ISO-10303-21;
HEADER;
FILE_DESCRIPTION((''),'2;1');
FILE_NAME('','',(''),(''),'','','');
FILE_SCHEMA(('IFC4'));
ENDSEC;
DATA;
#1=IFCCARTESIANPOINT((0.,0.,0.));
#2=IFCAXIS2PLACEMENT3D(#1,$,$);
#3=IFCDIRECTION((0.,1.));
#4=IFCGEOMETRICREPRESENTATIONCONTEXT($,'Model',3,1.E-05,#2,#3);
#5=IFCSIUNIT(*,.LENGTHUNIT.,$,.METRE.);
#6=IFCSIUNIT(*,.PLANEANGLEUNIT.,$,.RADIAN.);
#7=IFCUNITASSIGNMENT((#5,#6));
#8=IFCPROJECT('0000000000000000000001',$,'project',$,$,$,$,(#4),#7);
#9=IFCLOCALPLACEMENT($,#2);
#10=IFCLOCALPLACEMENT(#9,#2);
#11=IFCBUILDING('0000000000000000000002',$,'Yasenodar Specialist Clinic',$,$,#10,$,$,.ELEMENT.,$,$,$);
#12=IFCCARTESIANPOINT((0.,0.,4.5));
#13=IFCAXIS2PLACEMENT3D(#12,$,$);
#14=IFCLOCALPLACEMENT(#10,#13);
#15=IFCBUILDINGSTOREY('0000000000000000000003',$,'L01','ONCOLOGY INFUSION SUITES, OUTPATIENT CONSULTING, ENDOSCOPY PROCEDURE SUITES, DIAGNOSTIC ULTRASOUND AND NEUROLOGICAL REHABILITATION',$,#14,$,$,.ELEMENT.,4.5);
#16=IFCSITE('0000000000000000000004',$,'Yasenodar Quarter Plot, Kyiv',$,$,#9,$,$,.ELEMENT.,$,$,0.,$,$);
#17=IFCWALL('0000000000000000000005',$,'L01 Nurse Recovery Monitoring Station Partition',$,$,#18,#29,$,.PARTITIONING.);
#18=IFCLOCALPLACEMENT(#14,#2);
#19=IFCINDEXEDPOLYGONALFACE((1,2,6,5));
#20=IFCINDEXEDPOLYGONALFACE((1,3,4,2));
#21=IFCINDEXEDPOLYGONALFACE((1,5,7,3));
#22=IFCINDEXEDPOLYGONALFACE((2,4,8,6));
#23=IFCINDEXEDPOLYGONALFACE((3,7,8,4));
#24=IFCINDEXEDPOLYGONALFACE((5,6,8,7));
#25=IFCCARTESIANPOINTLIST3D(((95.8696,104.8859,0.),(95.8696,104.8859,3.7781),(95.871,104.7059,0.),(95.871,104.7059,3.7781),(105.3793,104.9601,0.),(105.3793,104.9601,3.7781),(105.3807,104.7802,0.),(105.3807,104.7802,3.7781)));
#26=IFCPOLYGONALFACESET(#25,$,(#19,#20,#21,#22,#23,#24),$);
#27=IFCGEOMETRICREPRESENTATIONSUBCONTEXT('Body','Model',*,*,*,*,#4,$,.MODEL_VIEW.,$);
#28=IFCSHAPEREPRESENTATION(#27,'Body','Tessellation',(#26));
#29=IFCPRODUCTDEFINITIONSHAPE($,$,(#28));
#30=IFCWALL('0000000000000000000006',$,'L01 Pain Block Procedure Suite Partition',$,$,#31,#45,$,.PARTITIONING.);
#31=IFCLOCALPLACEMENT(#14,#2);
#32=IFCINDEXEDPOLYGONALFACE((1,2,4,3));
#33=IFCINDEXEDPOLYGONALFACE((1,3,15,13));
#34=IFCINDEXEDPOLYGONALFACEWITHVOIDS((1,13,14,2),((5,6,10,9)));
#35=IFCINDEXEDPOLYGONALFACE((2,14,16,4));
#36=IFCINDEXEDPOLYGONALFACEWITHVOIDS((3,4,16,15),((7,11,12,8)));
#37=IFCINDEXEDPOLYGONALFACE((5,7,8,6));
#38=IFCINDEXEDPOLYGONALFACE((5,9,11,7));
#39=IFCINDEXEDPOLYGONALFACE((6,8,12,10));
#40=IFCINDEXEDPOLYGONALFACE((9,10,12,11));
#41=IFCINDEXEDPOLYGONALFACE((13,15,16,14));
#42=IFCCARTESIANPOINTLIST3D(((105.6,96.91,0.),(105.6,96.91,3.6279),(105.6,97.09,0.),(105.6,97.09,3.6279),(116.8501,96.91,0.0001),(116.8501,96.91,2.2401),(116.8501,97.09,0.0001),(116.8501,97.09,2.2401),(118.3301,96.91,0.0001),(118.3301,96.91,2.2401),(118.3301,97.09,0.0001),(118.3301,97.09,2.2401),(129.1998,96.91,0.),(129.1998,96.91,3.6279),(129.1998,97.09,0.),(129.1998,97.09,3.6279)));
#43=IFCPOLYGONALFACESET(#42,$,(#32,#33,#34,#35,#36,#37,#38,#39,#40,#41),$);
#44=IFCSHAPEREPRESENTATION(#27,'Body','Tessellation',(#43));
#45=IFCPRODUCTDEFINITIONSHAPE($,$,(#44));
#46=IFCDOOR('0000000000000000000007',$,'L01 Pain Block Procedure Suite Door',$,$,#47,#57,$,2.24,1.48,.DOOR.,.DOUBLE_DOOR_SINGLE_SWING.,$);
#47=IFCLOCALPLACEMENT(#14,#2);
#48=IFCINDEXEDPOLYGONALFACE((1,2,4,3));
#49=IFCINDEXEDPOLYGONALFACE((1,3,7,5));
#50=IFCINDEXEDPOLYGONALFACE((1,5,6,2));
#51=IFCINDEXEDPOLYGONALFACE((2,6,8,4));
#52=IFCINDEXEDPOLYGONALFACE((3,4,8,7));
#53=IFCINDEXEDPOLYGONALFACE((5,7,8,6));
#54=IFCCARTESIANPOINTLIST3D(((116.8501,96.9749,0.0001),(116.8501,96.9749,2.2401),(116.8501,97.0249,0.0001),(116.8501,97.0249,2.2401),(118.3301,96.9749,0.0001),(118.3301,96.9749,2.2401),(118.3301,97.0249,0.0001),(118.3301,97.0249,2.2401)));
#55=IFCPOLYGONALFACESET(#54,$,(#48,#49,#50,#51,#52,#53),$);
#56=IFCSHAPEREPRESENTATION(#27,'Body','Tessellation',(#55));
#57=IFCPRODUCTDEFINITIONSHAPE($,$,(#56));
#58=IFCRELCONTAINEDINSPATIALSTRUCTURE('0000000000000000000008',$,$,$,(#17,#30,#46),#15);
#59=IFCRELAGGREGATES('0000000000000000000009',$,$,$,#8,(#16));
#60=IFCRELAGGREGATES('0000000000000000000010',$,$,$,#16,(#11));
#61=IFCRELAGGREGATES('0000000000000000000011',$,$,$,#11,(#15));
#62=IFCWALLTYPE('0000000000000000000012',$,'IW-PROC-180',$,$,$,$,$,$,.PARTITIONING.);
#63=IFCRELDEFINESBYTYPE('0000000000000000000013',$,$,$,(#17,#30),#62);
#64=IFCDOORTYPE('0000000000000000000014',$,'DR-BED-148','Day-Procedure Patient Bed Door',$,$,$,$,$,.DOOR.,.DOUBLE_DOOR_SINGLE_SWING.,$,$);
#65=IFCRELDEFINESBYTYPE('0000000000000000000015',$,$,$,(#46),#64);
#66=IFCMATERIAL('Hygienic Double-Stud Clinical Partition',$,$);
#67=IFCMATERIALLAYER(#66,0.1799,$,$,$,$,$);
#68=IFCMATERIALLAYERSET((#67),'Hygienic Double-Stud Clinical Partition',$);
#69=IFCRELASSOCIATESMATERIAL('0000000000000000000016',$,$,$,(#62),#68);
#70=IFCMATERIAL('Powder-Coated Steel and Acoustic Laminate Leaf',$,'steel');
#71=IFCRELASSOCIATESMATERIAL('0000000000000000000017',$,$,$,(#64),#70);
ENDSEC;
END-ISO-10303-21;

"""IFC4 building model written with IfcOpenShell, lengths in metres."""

from ifc_helpers import new_model, si_unit, direction, frame, frame_2d, origin, place, context, subcontext, project, spatial, rectangle, extrude, material, layer, layer_set, type_object, element, fill, save


model = new_model("IFC4")

# Units and contexts
model_context = context("Model", 3, precision=1e-05, world=origin(), true_north=direction((0.0, 1.0)))
body_context = subcontext(model_context, "Body", "Model", "MODEL_VIEW")
ifc_project = project(units=[si_unit("LENGTHUNIT", "METRE"), si_unit("PLANEANGLEUNIT", "RADIAN")], contexts=[model_context])

# Site, building, storey
site_placement = place(None, origin())
site = spatial("IfcSite", under=ifc_project, at=site_placement, Name="Yasenodar Quarter Plot, Kyiv", CompositionType="ELEMENT", RefElevation=0.0)
building_placement = place(site_placement, origin())
building = spatial("IfcBuilding", under=site, at=building_placement, Name="Yasenodar Specialist Clinic", CompositionType="ELEMENT")
storey_placement = place(building_placement, frame((0.0, 0.0, 4.5)))
storey = spatial("IfcBuildingStorey", under=building, at=storey_placement, Name="L01", Description="ONCOLOGY INFUSION SUITES, OUTPATIENT CONSULTING, ENDOSCOPY PROCEDURE SUITES, DIAGNOSTIC ULTRASOUND AND NEUROLOGICAL REHABILITATION", CompositionType="ELEMENT", Elevation=4.5)

# Wall
ifc_material_1 = material(Name="Hygienic Double-Stud Clinical Partition")
ifc_layer_1 = layer(ifc_material_1, 0.1799)
ifc_layer_set_1 = layer_set([ifc_layer_1], Name="Hygienic Double-Stud Clinical Partition")
wall_type = type_object("IfcWallType", Name="IW-PROC-180", PredefinedType="PARTITIONING", material=ifc_layer_set_1)
wall_1_placement = place(storey_placement, frame((105.3799, 104.8701, 0.0), z_axis=(0.0, 0.0, 1.0), x_axis=(-0.99997, -0.007804, 0.0)))
element("IfcWall", 1, at=wall_1_placement, inside=storey, type_object=wall_type, Name="L01 Nurse Recovery Monitoring Station Partition", PredefinedType="PARTITIONING", context=body_context, shape_type="SweptSolid", body=[
    extrude(rectangle(XDim=9.51, YDim=0.1799, at=frame_2d((4.7549, 0.0))), origin(), (0.0, 0.0, 1.0), 3.7781),
])

# Wall, opening, door
wall_2_placement = place(storey_placement, frame((105.6001, 97.0, 0.0), z_axis=(0.0, 0.0, 1.0), x_axis=(1.0, 0.0, 0.0)))
wall_2 = element("IfcWall", 2, at=wall_2_placement, inside=storey, type_object=wall_type, Name="L01 Pain Block Procedure Suite Partition", PredefinedType="PARTITIONING", context=body_context, shape_type="SweptSolid", body=[
    extrude(rectangle(XDim=23.5999, YDim=0.1799, at=frame_2d((11.7998, 0.0))), origin(), (0.0, 0.0, 1.0), 3.6279),
])
opening_placement = place(wall_2_placement, frame((11.25, 0.0, 0.0)))
opening = element("IfcOpeningElement", 3, at=opening_placement, cuts=wall_2, PredefinedType="OPENING", context=body_context, shape_type="SweptSolid", body=[
    extrude(rectangle(XDim=1.48, YDim=2.24, at=frame_2d((0.74, 1.1201))), frame((0.0, 0.1001, 0.0), z_axis=(0.0, -1.0, 0.0), x_axis=(1.0, 0.0, 0.0)), (0.0, 0.0, 1.0), 0.2),
])
ifc_material_2 = material(Name="Powder-Coated Steel and Acoustic Laminate Leaf", Category="steel")
door_type = type_object("IfcDoorType", Name="DR-BED-148", Description="Day-Procedure Patient Bed Door", OperationType="DOUBLE_DOOR_SINGLE_SWING", PredefinedType="DOOR", material=ifc_material_2)
door_placement = place(opening_placement, origin())
door = element("IfcDoor", 4, at=door_placement, inside=storey, type_object=door_type, Name="L01 Pain Block Procedure Suite Door", OperationType="DOUBLE_DOOR_SINGLE_SWING", OverallHeight=2.24, OverallWidth=1.48, PredefinedType="DOOR", context=body_context, shape_type="SweptSolid", body=[
    extrude(rectangle(XDim=1.48, YDim=2.24, at=frame_2d((0.74, 1.1201))), frame((0.0, 0.0249, 0.0), z_axis=(0.0, -1.0, 0.0), x_axis=(1.0, 0.0, 0.0)), (0.0, 0.0, 1.0), 0.05),
])
fill(opening, door)

save(model, "model.ifc")
